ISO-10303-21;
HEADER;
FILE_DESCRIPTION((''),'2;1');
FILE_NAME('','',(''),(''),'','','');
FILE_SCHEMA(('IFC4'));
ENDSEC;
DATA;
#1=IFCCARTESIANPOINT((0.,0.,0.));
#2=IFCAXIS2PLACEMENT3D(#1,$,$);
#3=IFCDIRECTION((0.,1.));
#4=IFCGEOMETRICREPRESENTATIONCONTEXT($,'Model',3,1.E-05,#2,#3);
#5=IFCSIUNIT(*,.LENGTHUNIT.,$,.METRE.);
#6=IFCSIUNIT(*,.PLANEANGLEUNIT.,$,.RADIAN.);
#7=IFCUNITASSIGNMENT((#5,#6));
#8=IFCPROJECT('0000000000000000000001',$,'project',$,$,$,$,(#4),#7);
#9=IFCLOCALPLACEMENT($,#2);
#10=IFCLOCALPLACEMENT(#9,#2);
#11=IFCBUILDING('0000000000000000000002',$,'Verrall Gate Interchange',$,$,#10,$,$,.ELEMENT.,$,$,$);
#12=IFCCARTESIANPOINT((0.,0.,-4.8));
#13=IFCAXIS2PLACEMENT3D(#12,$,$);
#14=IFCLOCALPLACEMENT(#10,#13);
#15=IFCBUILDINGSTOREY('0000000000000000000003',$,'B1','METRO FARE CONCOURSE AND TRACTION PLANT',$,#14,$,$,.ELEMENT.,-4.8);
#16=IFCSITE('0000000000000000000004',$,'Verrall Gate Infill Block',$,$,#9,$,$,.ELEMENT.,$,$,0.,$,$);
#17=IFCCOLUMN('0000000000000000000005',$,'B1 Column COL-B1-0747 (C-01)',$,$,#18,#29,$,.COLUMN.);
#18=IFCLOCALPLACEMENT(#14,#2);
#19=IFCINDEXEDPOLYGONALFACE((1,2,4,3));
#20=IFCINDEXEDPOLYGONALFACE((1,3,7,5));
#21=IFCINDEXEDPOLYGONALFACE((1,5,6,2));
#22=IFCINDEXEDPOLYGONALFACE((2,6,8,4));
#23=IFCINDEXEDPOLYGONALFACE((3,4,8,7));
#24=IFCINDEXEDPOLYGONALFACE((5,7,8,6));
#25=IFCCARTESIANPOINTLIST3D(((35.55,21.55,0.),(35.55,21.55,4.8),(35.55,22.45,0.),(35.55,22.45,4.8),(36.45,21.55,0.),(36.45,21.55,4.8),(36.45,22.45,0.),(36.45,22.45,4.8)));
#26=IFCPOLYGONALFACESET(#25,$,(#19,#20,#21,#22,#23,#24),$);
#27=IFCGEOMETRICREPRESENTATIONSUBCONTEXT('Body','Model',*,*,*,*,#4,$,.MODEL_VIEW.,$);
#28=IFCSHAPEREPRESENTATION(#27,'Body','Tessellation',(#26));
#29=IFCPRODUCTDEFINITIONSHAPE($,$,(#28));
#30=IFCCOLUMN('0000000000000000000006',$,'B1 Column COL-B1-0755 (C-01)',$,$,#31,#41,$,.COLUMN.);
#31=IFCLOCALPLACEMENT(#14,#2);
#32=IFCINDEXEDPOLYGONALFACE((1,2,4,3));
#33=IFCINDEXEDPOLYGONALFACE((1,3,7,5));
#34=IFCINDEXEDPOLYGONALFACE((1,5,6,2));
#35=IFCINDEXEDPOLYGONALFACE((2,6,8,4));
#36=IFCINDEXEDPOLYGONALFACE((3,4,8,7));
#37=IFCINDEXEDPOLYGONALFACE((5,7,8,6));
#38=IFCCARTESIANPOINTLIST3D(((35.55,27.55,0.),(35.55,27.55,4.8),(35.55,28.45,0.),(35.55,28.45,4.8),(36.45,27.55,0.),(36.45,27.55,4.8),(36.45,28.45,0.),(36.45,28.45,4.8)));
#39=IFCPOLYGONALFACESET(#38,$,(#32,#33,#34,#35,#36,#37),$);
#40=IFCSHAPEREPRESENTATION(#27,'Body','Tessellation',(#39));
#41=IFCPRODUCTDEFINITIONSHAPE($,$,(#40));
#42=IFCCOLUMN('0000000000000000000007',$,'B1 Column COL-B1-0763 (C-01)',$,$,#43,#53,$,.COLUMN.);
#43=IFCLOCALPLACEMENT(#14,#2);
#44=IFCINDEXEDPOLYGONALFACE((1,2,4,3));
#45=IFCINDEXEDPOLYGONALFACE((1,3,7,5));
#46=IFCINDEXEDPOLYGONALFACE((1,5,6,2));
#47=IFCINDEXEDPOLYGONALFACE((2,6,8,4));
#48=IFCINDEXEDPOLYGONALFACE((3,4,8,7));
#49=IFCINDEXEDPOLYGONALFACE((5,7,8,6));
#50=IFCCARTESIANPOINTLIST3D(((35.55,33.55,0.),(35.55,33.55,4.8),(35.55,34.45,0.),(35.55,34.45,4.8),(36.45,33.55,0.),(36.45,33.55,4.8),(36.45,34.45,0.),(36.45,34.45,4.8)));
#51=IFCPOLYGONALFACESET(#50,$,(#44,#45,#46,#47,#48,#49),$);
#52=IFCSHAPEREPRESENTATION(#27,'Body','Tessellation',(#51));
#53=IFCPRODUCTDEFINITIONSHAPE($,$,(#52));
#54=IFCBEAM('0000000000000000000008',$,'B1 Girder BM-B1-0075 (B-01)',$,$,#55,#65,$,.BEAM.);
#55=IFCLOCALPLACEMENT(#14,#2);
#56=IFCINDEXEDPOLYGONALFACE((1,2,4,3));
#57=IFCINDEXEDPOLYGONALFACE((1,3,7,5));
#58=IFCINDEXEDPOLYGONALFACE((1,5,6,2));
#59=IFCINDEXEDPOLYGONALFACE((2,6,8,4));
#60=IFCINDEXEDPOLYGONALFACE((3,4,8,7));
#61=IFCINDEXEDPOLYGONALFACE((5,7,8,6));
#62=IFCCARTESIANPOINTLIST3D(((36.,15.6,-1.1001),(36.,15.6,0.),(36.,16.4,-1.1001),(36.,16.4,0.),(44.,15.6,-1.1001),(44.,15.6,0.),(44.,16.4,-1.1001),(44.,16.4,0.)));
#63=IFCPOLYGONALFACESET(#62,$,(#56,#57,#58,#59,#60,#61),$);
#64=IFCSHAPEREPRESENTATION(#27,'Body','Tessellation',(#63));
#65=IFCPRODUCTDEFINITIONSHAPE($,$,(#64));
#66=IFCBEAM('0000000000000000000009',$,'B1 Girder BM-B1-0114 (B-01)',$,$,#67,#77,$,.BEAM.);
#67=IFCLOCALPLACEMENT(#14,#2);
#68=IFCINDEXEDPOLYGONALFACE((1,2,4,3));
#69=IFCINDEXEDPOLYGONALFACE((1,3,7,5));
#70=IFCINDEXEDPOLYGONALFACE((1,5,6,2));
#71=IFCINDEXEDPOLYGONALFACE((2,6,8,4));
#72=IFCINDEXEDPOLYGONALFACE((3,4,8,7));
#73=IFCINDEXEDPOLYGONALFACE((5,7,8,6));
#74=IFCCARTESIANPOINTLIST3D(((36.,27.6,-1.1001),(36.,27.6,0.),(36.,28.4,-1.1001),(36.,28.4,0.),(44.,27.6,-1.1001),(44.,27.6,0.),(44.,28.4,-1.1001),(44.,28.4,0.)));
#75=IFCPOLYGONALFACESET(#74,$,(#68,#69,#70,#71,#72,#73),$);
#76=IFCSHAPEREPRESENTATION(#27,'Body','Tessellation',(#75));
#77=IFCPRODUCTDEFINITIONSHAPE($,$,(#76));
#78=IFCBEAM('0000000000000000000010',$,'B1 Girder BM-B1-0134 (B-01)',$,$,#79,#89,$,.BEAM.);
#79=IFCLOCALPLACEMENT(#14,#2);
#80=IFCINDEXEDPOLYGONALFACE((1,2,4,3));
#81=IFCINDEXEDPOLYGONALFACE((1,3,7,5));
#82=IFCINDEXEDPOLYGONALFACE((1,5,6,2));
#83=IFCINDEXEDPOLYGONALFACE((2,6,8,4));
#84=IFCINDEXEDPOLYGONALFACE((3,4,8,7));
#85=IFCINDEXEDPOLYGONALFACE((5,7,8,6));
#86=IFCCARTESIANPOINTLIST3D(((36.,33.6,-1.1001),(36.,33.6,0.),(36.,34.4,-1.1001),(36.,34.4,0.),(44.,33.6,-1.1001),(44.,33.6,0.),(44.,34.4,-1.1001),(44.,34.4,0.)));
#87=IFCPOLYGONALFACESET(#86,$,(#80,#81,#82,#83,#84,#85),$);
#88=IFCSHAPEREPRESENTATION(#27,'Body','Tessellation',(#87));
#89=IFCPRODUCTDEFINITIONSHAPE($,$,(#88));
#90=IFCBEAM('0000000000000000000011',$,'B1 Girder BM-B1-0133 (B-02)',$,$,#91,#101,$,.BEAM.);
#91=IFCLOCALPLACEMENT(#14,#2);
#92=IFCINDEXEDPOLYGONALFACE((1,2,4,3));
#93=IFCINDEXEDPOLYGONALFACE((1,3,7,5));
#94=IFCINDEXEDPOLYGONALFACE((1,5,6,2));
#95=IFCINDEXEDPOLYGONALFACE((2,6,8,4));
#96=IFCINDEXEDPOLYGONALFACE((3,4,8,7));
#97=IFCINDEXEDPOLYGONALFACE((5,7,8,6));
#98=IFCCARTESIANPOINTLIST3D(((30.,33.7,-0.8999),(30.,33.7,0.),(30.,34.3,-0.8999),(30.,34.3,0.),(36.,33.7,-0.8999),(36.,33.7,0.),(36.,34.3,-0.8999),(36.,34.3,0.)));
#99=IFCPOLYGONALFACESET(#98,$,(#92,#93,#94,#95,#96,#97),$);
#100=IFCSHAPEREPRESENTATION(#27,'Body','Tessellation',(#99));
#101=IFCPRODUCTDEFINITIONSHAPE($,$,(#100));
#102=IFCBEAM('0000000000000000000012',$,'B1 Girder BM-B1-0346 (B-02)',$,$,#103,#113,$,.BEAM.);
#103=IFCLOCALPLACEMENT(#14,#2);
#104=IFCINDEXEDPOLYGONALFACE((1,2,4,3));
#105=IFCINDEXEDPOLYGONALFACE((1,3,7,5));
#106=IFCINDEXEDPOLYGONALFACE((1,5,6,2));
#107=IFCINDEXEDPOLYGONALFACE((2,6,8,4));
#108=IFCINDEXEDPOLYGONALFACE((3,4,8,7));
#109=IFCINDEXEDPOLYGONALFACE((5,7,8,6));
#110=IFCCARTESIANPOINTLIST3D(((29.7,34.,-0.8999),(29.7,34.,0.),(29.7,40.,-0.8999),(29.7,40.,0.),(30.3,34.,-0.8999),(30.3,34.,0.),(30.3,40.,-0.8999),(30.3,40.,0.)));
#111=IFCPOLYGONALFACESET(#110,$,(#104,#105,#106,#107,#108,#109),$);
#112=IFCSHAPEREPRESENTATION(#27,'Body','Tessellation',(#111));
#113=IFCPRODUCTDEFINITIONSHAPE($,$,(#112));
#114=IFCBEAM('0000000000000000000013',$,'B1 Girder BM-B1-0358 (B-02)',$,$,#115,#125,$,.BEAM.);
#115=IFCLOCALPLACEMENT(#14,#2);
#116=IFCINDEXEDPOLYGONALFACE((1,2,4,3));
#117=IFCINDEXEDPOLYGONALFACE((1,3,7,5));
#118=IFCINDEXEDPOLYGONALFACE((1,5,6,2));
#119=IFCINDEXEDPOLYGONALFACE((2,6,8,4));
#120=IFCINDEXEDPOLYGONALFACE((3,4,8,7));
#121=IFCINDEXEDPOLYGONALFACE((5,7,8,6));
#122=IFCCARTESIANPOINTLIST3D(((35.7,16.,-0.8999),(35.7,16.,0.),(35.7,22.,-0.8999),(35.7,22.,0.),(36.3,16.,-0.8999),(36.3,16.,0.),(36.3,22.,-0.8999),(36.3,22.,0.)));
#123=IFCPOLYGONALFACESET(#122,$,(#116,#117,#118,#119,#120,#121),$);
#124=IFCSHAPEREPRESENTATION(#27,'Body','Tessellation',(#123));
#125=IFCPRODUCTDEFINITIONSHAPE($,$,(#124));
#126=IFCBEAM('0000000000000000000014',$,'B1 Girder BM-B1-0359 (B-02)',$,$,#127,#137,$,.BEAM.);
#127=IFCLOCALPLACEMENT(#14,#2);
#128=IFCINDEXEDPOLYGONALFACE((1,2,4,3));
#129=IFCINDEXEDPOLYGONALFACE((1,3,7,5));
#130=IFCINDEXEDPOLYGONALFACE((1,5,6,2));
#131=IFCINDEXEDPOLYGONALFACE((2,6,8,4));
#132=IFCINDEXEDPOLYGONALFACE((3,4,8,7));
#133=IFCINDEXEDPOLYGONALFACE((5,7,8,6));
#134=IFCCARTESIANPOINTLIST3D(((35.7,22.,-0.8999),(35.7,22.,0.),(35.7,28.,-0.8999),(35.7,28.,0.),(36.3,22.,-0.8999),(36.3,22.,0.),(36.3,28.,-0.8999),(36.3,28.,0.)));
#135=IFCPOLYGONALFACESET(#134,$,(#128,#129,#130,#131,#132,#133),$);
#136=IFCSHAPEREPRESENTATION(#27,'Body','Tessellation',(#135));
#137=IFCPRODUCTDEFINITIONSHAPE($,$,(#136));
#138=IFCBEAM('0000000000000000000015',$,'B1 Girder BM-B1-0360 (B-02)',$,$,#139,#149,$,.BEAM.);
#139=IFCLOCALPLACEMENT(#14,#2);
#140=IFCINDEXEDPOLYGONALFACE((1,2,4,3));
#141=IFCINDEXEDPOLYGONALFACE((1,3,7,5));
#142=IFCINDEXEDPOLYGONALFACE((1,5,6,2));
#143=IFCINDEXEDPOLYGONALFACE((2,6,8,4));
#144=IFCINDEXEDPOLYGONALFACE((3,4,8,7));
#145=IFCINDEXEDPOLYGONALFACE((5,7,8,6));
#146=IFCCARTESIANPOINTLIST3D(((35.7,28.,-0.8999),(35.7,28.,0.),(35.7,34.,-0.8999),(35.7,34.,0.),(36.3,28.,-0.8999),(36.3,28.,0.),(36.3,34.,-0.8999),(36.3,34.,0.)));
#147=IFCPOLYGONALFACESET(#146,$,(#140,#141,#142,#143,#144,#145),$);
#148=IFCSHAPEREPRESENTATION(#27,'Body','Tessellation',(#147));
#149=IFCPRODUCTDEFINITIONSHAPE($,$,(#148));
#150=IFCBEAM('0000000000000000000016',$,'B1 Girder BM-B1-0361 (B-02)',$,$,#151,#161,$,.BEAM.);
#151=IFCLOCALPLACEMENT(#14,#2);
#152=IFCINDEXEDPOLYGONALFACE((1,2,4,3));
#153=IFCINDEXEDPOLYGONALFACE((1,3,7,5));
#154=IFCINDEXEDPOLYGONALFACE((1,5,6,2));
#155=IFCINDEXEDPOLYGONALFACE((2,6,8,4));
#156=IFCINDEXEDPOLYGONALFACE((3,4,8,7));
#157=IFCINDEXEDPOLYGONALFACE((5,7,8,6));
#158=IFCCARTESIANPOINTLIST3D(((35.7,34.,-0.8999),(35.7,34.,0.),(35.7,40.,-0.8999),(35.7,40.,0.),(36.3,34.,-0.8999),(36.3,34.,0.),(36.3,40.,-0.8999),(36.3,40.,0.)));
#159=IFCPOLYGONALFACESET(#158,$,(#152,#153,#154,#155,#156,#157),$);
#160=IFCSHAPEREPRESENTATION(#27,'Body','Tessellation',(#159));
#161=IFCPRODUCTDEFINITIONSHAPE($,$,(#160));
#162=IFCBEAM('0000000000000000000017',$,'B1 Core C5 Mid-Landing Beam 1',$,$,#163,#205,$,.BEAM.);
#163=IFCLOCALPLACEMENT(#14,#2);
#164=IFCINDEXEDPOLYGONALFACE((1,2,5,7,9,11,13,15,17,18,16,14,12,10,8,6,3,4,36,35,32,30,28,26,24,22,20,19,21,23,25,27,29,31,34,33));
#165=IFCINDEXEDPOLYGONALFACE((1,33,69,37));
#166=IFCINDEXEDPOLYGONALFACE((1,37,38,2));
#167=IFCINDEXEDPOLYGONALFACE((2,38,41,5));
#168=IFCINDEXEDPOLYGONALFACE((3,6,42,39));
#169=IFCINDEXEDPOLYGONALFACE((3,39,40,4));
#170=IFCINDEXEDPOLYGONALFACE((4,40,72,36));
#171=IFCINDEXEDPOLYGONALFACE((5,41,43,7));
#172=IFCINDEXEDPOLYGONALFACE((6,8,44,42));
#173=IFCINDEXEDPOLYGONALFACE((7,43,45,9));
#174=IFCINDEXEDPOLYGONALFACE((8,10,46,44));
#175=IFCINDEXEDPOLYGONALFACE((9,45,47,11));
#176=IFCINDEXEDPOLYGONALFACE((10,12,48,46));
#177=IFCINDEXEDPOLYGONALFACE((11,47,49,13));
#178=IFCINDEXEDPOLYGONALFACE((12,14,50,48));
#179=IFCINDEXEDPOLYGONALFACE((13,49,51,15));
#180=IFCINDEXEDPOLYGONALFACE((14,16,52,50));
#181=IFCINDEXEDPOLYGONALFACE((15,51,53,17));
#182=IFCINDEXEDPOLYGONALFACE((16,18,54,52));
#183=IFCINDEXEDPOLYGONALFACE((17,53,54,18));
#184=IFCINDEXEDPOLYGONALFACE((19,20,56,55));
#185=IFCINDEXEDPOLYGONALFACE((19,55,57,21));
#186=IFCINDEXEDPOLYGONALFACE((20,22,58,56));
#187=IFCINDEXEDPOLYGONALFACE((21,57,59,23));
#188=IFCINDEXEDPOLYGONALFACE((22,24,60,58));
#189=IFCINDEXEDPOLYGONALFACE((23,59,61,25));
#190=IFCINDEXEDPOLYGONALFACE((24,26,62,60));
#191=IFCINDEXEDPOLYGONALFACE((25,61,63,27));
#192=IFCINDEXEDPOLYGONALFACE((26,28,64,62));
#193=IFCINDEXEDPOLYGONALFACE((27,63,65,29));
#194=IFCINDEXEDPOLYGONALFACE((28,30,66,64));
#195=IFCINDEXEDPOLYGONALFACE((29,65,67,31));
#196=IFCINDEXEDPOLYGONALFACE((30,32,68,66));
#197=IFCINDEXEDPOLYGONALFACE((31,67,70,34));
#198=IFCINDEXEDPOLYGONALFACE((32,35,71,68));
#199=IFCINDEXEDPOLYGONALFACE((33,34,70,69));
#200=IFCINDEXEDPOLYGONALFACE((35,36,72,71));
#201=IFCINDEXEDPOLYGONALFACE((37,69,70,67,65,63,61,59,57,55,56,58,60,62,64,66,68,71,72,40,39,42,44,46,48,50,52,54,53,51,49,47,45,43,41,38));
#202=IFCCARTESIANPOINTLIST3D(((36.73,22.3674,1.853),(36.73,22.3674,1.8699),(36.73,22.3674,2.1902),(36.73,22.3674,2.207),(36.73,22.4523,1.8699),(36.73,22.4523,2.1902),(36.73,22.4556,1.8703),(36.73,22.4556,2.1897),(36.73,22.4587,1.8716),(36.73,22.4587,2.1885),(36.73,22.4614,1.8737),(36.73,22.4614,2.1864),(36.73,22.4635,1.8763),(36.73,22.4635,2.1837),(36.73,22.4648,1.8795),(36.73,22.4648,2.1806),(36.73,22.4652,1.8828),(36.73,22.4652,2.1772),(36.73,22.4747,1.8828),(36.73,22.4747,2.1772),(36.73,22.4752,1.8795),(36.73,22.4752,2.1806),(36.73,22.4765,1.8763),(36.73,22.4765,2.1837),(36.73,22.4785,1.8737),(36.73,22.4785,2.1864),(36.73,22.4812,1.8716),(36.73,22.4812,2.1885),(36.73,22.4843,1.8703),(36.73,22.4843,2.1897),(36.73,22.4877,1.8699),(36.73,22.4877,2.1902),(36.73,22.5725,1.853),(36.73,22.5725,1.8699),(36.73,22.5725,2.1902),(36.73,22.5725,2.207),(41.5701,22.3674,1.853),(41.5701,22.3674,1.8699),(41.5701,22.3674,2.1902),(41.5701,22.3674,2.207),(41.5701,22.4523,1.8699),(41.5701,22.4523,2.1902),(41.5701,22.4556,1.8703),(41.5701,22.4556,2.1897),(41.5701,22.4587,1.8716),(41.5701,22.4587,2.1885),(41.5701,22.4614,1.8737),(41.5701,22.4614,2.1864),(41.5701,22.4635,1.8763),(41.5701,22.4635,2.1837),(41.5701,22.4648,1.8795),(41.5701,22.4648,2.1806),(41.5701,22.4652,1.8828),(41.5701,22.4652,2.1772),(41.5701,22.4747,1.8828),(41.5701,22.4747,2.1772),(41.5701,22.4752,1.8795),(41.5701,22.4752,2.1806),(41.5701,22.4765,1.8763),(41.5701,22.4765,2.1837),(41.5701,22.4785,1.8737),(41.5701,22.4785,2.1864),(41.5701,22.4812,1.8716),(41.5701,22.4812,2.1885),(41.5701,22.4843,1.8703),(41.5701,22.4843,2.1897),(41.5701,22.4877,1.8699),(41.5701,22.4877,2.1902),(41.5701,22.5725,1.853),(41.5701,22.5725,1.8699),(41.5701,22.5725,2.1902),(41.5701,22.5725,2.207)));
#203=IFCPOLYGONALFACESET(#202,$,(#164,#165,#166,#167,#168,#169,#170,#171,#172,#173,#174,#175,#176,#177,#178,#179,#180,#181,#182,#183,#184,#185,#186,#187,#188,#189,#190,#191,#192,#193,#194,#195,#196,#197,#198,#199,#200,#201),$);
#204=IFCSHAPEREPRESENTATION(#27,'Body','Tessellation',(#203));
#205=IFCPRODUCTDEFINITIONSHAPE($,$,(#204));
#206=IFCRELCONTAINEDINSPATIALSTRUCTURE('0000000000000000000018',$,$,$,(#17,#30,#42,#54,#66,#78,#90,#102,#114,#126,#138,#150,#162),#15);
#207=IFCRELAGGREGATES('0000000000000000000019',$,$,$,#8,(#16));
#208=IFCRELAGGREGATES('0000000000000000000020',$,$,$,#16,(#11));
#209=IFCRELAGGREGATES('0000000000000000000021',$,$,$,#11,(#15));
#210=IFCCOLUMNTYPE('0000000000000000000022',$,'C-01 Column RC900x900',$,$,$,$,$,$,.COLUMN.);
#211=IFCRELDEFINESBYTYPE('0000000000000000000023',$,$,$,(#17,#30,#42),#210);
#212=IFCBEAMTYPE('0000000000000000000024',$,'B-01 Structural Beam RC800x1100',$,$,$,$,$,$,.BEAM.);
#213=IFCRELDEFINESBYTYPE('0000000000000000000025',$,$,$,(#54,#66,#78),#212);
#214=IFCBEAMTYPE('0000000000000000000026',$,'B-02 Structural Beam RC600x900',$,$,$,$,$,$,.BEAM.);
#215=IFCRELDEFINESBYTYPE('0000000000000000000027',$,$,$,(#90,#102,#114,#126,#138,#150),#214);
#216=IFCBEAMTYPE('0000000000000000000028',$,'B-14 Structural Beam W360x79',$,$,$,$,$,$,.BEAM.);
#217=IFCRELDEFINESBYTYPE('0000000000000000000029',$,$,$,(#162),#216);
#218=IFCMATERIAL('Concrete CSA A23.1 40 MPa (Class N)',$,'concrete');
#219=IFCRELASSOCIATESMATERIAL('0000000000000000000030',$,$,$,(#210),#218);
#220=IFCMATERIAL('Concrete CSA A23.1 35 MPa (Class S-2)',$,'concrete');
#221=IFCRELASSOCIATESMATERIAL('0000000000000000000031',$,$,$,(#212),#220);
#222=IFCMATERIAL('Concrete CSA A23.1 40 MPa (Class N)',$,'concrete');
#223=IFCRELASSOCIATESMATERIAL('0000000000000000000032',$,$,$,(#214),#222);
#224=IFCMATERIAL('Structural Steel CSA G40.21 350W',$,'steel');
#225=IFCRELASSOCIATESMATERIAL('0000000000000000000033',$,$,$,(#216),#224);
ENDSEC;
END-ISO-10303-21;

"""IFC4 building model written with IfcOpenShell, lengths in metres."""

from ifc_helpers import new_model, si_unit, direction, frame, origin, origin_2d, place, context, subcontext, project, spatial, rectangle, i_section, extrude, material, material_profile, profile_set, type_object, element, save


model = new_model("IFC4")

# Units and contexts
model_context = context("Model", 3, precision=1e-05, world=origin(), true_north=direction((0.0, 1.0)))
body_context = subcontext(model_context, "Body", "Model", "MODEL_VIEW")
ifc_project = project(units=[si_unit("LENGTHUNIT", "METRE"), si_unit("PLANEANGLEUNIT", "RADIAN")], contexts=[model_context])

# Site, building, storey
site_placement = place(None, origin())
site = spatial("IfcSite", under=ifc_project, at=site_placement, Name="Verrall Gate Infill Block", CompositionType="ELEMENT", RefElevation=0.0)
building_placement = place(site_placement, origin())
building = spatial("IfcBuilding", under=site, at=building_placement, Name="Verrall Gate Interchange", CompositionType="ELEMENT")
storey_placement = place(building_placement, frame((0.0, 0.0, -4.8)))
storey = spatial("IfcBuildingStorey", under=building, at=storey_placement, Name="B1", Description="METRO FARE CONCOURSE AND TRACTION PLANT", CompositionType="ELEMENT", Elevation=-4.8)

# Columns
ifc_material_1 = material(Name="Concrete CSA A23.1 40 MPa (Class N)", Category="concrete")
ifc_material_profile_1 = material_profile(ifc_material_1, rectangle(XDim=0.8999, YDim=0.8999, at=origin_2d()), Name="RC900x900")
ifc_profile_set_1 = profile_set([ifc_material_profile_1], Name="Concrete CSA A23.1 40 MPa (Class N)")
column_type = type_object("IfcColumnType", Name="C-01 Column RC900x900", PredefinedType="COLUMN", material=ifc_profile_set_1)
for number, where, z_axis, x_axis, name in (
    (1, (36.0, 22.0, 0.0), (0.0, 0.0, 1.0), (1.0, 0.0, 0.0), "B1 Column COL-B1-0747 (C-01)"),
    (2, (36.0, 28.0, 0.0), (0.0, 0.0, 1.0), (1.0, 0.0, 0.0), "B1 Column COL-B1-0755 (C-01)"),
    (3, (36.0, 34.0, 0.0), (0.0, 0.0, 1.0), (1.0, 0.0, 0.0), "B1 Column COL-B1-0763 (C-01)"),
):
    element("IfcColumn", number, at=place(storey_placement, frame(where, z_axis=z_axis, x_axis=x_axis)), inside=storey, type_object=column_type, Name=name, PredefinedType="COLUMN", context=body_context, shape_type="SweptSolid", body=[
        extrude(rectangle(XDim=0.8999, YDim=0.8999, at=origin_2d()), origin(), (0.0, 0.0, 1.0), 4.8),
    ])

# Beams
ifc_material_2 = material(Name="Concrete CSA A23.1 35 MPa (Class S-2)", Category="concrete")
ifc_material_profile_2 = material_profile(ifc_material_2, rectangle(XDim=0.8, YDim=1.1001, at=origin_2d()), Name="RC800x1100")
ifc_profile_set_2 = profile_set([ifc_material_profile_2], Name="Concrete CSA A23.1 35 MPa (Class S-2)")
beam_type_1 = type_object("IfcBeamType", Name="B-01 Structural Beam RC800x1100", PredefinedType="BEAM", material=ifc_profile_set_2)
for number, where, z_axis, x_axis, name in (
    (4, (36.0, 16.0, -0.55), (1.0, 0.0, 0.0), (0.0, 1.0, 0.0), "B1 Girder BM-B1-0075 (B-01)"),
    (5, (36.0, 28.0, -0.55), (1.0, 0.0, 0.0), (0.0, 1.0, 0.0), "B1 Girder BM-B1-0114 (B-01)"),
    (6, (36.0, 34.0, -0.55), (1.0, 0.0, 0.0), (0.0, 1.0, 0.0), "B1 Girder BM-B1-0134 (B-01)"),
):
    element("IfcBeam", number, at=place(storey_placement, frame(where, z_axis=z_axis, x_axis=x_axis)), inside=storey, type_object=beam_type_1, Name=name, PredefinedType="BEAM", context=body_context, shape_type="SweptSolid", body=[
        extrude(rectangle(XDim=0.8, YDim=1.1001, at=origin_2d()), origin(), (0.0, 0.0, 1.0), 8.0),
    ])
ifc_material_3 = material(Name="Concrete CSA A23.1 40 MPa (Class N)", Category="concrete")
ifc_material_profile_3 = material_profile(ifc_material_3, rectangle(XDim=0.6001, YDim=0.8999, at=origin_2d()), Name="RC600x900")
ifc_profile_set_3 = profile_set([ifc_material_profile_3], Name="Concrete CSA A23.1 40 MPa (Class N)")
beam_type_2 = type_object("IfcBeamType", Name="B-02 Structural Beam RC600x900", PredefinedType="BEAM", material=ifc_profile_set_3)
for number, where, z_axis, x_axis, name in (
    (7, (30.0, 34.0, -0.45), (1.0, 0.0, 0.0), (0.0, 1.0, 0.0), "B1 Girder BM-B1-0133 (B-02)"),
    (8, (30.0, 34.0, -0.45), (0.0, 1.0, 0.0), (-1.0, 0.0, 0.0), "B1 Girder BM-B1-0346 (B-02)"),
    (9, (36.0, 16.0, -0.45), (0.0, 1.0, 0.0), (-1.0, 0.0, 0.0), "B1 Girder BM-B1-0358 (B-02)"),
    (10, (36.0, 22.0, -0.45), (0.0, 1.0, 0.0), (-1.0, 0.0, 0.0), "B1 Girder BM-B1-0359 (B-02)"),
    (11, (36.0, 28.0, -0.45), (0.0, 1.0, 0.0), (-1.0, 0.0, 0.0), "B1 Girder BM-B1-0360 (B-02)"),
    (12, (36.0, 34.0, -0.45), (0.0, 1.0, 0.0), (-1.0, 0.0, 0.0), "B1 Girder BM-B1-0361 (B-02)"),
):
    element("IfcBeam", number, at=place(storey_placement, frame(where, z_axis=z_axis, x_axis=x_axis)), inside=storey, type_object=beam_type_2, Name=name, PredefinedType="BEAM", context=body_context, shape_type="SweptSolid", body=[
        extrude(rectangle(XDim=0.6001, YDim=0.8999, at=origin_2d()), origin(), (0.0, 0.0, 1.0), 6.0),
    ])
ifc_material_4 = material(Name="Structural Steel CSA G40.21 350W", Category="steel")
ifc_material_profile_4 = material_profile(ifc_material_4, i_section(OverallWidth=0.2051, OverallDepth=0.354, WebThickness=0.0095, FlangeThickness=0.0168, FilletRadius=0.0129, at=origin_2d()), Name="W360x79")
ifc_profile_set_4 = profile_set([ifc_material_profile_4], Name="Structural Steel CSA G40.21 350W")
beam_type_3 = type_object("IfcBeamType", Name="B-14 Structural Beam W360x79", PredefinedType="BEAM", material=ifc_profile_set_4)
for number, where, z_axis, x_axis, name in (
    (13, (36.73, 22.47, 2.03), (1.0, 0.0, 0.0), (0.0, 1.0, 0.0), "B1 Core C5 Mid-Landing Beam 1"),
):
    element("IfcBeam", number, at=place(storey_placement, frame(where, z_axis=z_axis, x_axis=x_axis)), inside=storey, type_object=beam_type_3, Name=name, PredefinedType="BEAM", context=body_context, shape_type="SweptSolid", body=[
        extrude(i_section(OverallWidth=0.2051, OverallDepth=0.354, WebThickness=0.0095, FlangeThickness=0.0168, FilletRadius=0.0129, at=origin_2d()), origin(), (0.0, 0.0, 1.0), 4.8401),
    ])

save(model, "model.ifc")
